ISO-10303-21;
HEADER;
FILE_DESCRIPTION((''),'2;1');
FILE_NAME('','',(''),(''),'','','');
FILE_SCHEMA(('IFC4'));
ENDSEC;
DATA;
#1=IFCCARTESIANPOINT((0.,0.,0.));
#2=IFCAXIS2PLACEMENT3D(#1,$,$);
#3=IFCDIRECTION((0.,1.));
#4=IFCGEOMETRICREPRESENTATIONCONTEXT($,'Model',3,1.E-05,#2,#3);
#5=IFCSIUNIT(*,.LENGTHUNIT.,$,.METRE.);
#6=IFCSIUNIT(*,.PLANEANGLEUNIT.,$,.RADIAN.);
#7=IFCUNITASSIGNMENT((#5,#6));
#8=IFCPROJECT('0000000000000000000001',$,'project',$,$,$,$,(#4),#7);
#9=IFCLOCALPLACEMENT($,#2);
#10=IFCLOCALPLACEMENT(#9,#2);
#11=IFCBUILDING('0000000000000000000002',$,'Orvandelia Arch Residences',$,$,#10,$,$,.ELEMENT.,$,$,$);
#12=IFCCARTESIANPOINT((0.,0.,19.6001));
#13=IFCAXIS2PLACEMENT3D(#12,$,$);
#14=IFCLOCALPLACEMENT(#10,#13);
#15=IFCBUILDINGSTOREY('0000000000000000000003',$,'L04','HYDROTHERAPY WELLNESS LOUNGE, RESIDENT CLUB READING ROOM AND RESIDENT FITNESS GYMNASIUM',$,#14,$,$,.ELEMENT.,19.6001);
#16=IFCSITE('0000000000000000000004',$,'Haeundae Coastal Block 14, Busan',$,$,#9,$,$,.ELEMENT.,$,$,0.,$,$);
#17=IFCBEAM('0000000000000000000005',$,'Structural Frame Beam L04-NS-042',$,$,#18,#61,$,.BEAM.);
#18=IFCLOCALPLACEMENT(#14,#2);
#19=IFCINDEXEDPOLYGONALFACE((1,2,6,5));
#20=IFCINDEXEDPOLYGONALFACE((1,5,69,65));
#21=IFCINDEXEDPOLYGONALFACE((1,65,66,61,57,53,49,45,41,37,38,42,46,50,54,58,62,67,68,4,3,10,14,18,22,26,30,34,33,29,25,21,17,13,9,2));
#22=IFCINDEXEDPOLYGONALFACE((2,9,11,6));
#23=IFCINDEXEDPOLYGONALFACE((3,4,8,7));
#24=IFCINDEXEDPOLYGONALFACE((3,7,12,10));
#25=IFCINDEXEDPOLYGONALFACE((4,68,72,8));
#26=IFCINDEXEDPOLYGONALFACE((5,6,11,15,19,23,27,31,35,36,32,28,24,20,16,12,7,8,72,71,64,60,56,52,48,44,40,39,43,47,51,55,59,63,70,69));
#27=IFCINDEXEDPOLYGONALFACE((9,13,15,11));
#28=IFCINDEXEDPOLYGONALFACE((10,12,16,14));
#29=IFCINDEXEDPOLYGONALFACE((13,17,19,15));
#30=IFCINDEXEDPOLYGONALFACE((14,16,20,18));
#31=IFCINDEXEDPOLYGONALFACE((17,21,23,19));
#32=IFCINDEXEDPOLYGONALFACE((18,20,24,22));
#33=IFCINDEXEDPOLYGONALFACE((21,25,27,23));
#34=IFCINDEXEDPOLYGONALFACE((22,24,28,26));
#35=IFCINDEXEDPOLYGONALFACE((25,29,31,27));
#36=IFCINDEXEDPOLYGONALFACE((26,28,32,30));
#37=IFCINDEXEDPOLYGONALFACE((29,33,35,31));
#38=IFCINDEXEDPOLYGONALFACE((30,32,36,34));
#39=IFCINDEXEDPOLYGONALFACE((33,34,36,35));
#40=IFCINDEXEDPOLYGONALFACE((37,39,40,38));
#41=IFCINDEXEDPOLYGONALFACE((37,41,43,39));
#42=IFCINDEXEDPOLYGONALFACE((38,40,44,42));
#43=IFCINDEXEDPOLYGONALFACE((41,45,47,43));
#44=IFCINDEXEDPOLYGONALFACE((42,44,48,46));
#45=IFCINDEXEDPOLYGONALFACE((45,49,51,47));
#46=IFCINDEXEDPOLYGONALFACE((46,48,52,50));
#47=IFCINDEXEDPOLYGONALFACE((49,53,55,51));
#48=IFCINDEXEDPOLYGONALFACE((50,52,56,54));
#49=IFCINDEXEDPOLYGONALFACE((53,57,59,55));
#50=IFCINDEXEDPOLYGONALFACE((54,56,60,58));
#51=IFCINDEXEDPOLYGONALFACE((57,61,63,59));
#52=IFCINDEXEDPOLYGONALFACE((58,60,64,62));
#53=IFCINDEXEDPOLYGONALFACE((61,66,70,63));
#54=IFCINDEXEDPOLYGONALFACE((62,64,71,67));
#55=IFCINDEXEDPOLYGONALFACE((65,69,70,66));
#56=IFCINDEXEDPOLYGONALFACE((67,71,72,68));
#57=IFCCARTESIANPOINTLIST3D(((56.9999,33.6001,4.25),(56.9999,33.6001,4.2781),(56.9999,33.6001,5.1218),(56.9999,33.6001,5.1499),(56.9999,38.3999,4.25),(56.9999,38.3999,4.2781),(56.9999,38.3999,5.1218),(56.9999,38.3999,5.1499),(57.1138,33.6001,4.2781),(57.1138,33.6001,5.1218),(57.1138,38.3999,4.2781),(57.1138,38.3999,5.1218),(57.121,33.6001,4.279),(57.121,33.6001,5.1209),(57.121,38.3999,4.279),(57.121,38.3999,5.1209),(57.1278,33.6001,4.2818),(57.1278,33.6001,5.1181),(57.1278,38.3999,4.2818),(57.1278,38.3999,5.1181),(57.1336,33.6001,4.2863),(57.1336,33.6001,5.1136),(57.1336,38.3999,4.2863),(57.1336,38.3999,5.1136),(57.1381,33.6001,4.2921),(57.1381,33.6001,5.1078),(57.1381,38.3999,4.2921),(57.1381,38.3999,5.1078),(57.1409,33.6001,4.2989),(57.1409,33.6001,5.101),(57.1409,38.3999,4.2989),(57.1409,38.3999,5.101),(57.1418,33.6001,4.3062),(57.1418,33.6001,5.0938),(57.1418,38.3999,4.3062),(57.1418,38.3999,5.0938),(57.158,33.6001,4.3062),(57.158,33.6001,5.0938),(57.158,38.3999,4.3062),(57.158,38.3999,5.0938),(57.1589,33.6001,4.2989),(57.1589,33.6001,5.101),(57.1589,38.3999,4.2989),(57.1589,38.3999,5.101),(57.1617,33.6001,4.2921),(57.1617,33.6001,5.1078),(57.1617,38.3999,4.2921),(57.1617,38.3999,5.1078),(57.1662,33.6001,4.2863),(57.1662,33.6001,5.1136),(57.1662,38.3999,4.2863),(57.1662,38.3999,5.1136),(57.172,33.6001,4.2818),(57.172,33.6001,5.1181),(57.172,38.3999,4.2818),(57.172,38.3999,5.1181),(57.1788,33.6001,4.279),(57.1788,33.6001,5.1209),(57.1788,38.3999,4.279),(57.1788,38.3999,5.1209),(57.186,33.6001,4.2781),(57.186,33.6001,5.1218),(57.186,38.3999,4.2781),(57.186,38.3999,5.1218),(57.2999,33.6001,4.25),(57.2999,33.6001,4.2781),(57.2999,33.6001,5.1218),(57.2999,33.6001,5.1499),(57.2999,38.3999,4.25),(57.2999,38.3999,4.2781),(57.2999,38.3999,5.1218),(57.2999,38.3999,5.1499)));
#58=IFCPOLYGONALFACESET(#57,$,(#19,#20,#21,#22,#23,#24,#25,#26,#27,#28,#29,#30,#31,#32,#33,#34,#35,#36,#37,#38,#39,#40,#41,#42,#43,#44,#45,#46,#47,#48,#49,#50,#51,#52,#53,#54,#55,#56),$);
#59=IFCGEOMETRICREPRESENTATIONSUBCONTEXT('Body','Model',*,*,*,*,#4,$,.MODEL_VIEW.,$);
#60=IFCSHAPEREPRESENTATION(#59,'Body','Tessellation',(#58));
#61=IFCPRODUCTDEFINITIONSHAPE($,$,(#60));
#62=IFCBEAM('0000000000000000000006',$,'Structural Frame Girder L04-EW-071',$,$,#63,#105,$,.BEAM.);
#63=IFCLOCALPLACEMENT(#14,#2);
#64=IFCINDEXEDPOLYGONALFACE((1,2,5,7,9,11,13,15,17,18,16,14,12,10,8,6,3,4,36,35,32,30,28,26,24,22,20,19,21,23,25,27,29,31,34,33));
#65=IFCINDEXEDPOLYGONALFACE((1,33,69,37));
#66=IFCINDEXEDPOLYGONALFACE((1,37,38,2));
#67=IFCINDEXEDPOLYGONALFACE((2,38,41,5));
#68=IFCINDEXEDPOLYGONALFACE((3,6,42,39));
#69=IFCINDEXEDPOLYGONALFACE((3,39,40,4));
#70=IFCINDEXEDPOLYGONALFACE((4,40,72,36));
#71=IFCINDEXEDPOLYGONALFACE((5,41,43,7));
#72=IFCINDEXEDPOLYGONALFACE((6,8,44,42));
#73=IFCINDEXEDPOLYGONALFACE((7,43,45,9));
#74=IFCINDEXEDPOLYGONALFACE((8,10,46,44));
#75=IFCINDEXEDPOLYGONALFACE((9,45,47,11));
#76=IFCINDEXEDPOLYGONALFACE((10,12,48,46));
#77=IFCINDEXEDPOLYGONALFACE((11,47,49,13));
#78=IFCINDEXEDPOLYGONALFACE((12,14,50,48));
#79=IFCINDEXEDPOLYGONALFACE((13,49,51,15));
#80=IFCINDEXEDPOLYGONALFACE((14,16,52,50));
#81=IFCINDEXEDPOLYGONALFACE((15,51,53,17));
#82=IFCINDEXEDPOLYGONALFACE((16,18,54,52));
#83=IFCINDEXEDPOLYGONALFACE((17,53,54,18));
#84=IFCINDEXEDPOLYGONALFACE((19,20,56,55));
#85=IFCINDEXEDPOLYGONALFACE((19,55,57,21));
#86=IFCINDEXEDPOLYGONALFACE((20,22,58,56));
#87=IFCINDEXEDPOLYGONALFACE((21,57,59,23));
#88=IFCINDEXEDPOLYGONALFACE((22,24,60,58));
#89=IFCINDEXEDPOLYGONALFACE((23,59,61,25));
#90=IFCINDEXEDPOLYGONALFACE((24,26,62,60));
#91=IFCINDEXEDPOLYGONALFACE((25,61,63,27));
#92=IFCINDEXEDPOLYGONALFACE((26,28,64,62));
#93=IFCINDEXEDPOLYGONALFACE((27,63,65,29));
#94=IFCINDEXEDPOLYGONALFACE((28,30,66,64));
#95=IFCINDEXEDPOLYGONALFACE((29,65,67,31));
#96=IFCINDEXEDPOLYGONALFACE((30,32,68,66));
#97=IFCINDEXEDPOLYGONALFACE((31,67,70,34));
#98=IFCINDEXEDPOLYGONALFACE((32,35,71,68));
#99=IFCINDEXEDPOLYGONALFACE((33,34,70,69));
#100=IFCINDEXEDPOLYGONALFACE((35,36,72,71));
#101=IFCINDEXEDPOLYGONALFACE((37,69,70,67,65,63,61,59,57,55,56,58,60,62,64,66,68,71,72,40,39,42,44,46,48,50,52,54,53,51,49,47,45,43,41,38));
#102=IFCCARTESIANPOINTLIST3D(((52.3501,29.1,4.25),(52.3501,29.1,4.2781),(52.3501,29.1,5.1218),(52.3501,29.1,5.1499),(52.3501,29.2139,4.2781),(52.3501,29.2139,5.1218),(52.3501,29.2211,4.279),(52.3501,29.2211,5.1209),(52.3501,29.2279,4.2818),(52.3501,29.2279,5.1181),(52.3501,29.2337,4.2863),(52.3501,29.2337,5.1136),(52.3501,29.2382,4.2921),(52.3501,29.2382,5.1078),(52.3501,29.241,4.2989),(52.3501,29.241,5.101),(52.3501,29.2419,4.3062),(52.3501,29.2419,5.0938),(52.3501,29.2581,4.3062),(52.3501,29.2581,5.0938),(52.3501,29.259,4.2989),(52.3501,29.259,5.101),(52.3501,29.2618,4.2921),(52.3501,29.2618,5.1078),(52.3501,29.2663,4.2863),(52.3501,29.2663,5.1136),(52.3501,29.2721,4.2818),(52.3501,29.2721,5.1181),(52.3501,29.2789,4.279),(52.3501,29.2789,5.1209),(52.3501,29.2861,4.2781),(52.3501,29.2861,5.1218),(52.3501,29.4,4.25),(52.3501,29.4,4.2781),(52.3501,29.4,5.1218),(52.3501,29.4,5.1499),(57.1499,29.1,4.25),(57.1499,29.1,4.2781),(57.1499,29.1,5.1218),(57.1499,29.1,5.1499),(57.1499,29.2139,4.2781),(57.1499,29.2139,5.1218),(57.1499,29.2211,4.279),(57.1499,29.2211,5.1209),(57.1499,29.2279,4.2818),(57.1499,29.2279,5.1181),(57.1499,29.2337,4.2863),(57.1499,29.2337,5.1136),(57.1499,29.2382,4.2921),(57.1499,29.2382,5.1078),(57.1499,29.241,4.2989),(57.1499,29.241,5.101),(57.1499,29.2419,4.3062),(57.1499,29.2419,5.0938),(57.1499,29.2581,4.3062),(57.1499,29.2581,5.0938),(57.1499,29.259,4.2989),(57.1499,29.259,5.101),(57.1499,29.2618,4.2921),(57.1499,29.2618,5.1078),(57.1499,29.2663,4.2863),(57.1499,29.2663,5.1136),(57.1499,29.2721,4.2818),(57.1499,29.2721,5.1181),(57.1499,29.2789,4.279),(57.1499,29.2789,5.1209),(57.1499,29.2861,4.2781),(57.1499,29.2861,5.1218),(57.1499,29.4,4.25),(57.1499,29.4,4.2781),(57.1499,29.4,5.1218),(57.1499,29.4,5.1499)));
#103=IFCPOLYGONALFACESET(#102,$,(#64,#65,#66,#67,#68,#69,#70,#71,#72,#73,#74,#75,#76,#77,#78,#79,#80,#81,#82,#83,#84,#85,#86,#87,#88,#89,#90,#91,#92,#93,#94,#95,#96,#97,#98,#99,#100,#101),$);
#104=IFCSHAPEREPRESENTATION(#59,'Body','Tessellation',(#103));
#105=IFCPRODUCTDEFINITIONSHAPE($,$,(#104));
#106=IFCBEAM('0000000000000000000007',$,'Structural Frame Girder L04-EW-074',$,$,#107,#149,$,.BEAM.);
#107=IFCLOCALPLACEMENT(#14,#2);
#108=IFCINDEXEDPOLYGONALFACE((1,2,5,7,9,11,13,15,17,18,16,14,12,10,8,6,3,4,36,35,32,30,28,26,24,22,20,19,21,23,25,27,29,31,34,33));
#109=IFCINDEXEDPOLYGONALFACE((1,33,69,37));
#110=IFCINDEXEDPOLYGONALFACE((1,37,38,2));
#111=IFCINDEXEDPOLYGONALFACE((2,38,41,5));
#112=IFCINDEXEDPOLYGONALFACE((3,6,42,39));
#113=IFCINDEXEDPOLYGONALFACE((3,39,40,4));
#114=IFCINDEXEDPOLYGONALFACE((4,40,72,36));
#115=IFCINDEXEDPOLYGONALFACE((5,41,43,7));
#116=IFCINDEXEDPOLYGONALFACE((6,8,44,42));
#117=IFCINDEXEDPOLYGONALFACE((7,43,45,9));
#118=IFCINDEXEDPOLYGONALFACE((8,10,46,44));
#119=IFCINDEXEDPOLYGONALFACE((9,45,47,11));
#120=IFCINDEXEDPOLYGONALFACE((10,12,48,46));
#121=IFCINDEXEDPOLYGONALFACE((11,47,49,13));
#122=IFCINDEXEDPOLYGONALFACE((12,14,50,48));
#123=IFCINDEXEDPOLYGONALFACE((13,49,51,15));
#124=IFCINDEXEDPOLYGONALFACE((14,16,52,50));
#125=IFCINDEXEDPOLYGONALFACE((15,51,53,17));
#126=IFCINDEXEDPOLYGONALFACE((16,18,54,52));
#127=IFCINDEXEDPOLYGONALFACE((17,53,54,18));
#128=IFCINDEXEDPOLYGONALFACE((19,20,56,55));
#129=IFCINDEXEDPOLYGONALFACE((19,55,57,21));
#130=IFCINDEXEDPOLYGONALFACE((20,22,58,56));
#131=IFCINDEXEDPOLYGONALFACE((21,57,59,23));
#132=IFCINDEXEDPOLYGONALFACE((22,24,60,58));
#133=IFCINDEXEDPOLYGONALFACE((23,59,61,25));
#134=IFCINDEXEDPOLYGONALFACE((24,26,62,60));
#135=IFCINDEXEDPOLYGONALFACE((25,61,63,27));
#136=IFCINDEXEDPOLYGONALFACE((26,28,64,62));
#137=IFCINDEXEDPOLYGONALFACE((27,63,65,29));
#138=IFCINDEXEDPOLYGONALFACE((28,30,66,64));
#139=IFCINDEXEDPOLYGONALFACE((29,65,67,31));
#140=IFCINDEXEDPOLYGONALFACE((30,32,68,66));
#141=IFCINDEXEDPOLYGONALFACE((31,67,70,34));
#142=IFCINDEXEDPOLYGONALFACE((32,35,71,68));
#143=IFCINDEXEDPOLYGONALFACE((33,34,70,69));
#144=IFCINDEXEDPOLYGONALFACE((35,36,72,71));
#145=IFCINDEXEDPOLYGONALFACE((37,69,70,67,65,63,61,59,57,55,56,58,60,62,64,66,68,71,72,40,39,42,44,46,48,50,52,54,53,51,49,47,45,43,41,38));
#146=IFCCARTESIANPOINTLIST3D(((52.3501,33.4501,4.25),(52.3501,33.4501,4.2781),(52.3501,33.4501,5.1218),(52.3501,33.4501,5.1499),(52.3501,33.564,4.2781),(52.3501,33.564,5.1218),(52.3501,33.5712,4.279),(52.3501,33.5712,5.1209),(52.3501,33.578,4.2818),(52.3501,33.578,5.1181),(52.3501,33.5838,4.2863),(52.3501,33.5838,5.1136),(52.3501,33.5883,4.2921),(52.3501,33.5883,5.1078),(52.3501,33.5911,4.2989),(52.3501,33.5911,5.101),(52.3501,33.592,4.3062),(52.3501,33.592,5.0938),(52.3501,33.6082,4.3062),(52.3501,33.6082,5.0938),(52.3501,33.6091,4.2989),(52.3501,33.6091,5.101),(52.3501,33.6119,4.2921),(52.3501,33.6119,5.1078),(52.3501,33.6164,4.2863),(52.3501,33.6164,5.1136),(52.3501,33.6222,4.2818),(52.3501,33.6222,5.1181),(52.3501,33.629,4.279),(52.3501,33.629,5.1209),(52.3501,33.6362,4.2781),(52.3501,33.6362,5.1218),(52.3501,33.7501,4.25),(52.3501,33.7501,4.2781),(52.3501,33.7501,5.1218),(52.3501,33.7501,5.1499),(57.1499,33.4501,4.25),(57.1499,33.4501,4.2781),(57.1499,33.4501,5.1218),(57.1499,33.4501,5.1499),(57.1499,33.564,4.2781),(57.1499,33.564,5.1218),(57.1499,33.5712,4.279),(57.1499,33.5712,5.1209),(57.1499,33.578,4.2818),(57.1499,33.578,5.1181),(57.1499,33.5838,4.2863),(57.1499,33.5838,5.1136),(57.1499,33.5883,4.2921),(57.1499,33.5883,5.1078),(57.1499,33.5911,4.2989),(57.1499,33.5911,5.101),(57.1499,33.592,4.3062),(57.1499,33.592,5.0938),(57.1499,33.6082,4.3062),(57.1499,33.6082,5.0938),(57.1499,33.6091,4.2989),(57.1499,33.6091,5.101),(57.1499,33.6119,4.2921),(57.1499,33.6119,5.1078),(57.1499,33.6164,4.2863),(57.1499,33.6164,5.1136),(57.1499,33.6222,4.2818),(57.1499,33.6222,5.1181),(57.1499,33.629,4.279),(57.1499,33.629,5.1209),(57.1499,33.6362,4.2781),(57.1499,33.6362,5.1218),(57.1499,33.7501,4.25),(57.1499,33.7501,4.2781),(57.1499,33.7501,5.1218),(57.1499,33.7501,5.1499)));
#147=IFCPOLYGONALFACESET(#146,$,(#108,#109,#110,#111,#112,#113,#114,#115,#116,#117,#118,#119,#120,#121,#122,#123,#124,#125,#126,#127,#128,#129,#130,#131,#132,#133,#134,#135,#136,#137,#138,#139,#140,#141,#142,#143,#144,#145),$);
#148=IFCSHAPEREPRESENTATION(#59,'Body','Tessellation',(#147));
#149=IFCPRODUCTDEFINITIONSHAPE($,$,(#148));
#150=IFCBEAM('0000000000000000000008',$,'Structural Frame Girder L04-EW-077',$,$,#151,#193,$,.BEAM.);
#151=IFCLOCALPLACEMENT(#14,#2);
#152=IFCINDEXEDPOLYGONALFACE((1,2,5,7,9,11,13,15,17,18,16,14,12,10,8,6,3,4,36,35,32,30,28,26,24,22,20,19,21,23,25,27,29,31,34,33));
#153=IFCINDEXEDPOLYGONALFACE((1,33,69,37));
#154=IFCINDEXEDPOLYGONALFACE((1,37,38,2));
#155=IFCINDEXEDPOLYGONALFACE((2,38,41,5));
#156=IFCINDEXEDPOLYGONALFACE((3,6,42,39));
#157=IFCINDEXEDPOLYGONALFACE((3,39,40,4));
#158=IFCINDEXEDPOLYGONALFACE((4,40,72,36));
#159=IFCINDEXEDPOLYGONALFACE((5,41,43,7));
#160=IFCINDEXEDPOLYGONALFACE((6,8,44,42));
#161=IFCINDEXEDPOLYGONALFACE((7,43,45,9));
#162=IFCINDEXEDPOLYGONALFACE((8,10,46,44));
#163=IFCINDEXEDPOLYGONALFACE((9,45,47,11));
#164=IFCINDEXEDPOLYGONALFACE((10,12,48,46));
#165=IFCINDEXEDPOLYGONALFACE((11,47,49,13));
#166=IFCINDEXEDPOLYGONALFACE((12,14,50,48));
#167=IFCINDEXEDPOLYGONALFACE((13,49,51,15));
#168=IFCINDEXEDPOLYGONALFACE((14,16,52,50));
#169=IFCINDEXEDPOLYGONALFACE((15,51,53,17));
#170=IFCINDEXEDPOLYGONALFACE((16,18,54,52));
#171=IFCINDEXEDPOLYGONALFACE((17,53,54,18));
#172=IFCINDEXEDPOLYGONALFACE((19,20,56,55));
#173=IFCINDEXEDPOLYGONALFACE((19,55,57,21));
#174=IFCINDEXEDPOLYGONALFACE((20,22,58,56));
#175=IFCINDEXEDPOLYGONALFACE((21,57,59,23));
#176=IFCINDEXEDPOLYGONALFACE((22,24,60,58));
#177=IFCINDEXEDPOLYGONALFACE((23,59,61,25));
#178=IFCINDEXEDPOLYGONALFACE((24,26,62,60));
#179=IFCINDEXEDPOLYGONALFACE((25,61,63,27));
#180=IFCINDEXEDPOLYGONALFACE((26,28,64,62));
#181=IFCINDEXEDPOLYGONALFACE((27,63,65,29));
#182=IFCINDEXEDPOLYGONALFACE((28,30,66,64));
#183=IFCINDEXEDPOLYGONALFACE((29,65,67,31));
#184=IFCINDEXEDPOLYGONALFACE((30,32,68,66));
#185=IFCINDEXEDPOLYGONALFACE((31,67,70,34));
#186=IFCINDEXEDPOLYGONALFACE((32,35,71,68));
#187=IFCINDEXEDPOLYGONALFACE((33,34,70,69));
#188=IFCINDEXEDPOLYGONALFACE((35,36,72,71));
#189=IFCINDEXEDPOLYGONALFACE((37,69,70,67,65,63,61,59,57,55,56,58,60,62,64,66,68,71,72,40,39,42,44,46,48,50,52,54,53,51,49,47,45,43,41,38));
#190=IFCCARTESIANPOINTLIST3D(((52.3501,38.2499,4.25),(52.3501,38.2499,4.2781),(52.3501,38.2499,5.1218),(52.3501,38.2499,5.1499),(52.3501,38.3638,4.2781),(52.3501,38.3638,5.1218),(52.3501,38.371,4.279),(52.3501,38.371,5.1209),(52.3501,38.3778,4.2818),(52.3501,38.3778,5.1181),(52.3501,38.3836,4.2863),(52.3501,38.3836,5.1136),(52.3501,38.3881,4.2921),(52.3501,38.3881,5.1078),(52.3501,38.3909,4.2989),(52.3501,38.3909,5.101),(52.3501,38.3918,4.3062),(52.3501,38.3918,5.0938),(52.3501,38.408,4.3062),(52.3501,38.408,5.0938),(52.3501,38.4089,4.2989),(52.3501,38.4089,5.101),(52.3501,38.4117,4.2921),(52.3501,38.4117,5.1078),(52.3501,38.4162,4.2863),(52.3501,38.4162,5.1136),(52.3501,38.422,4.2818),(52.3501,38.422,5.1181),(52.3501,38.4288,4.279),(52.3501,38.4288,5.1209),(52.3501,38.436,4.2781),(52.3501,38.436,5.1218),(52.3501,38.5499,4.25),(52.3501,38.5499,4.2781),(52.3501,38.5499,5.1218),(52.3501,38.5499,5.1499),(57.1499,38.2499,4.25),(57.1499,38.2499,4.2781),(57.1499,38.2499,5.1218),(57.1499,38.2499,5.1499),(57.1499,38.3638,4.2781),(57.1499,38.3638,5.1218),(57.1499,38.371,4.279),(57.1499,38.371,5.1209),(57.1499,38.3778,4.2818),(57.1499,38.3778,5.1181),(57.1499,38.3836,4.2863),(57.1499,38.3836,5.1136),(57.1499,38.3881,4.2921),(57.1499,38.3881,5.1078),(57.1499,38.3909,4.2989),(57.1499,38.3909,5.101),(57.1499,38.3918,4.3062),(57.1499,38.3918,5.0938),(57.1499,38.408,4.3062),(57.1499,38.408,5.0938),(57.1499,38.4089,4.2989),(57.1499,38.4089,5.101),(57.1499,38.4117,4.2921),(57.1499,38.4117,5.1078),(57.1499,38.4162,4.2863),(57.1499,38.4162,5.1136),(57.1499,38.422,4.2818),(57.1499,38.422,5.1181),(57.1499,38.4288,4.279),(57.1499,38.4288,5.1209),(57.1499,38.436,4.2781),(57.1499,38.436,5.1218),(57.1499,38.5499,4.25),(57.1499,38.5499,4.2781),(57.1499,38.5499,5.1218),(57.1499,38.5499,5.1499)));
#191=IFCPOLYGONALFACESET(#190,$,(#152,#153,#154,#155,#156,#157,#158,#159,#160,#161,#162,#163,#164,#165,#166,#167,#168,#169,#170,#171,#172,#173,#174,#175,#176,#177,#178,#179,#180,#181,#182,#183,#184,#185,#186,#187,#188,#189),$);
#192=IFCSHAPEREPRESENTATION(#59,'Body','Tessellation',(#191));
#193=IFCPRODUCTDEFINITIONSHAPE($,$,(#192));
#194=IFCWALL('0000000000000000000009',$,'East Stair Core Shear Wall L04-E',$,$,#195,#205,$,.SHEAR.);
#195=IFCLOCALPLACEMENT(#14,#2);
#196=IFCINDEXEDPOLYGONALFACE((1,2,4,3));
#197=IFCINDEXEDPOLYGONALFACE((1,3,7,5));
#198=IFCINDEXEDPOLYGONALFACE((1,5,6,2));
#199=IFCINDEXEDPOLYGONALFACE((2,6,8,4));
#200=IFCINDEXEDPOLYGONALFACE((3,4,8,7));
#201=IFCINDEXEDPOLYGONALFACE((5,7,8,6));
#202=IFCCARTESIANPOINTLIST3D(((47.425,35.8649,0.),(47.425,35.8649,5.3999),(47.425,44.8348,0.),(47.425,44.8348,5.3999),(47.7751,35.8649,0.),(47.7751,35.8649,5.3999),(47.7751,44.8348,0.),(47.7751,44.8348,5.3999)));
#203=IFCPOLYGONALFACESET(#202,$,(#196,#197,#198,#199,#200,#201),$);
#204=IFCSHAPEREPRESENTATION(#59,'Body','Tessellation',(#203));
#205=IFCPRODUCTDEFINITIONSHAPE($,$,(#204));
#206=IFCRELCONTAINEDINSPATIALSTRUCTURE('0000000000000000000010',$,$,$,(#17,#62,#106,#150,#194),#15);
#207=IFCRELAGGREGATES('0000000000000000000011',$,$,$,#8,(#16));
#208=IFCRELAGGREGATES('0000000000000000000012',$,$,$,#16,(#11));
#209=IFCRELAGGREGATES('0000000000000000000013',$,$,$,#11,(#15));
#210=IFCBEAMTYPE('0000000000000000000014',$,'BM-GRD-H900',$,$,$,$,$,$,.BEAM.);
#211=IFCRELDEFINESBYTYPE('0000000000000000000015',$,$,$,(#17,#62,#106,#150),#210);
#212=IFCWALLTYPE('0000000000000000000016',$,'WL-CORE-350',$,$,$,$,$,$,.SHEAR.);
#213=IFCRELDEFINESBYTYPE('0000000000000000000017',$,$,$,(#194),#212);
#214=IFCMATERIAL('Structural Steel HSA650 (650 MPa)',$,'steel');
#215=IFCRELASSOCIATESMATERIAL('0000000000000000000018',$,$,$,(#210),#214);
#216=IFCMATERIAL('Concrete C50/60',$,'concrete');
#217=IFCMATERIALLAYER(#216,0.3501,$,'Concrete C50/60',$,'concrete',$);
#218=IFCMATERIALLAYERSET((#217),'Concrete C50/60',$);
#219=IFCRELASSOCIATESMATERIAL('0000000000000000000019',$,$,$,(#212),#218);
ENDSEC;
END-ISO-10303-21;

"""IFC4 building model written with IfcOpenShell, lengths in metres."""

from ifc_helpers import new_model, si_unit, direction, frame, frame_2d, origin, origin_2d, place, context, subcontext, project, spatial, rectangle, i_section, extrude, material, layer, layer_set, material_profile, profile_set, type_object, element, save


model = new_model("IFC4")

# Units and contexts
model_context = context("Model", 3, precision=1e-05, world=origin(), true_north=direction((0.0, 1.0)))
body_context = subcontext(model_context, "Body", "Model", "MODEL_VIEW")
ifc_project = project(units=[si_unit("LENGTHUNIT", "METRE"), si_unit("PLANEANGLEUNIT", "RADIAN")], contexts=[model_context])

# Site, building, storey
site_placement = place(None, origin())
site = spatial("IfcSite", under=ifc_project, at=site_placement, Name="Haeundae Coastal Block 14, Busan", CompositionType="ELEMENT", RefElevation=0.0)
building_placement = place(site_placement, origin())
building = spatial("IfcBuilding", under=site, at=building_placement, Name="Orvandelia Arch Residences", CompositionType="ELEMENT")
storey_placement = place(building_placement, frame((0.0, 0.0, 19.6001)))
storey = spatial("IfcBuildingStorey", under=building, at=storey_placement, Name="L04", Description="HYDROTHERAPY WELLNESS LOUNGE, RESIDENT CLUB READING ROOM AND RESIDENT FITNESS GYMNASIUM", CompositionType="ELEMENT", Elevation=19.6001)

# Beams
ifc_material_1 = material(Name="Structural Steel HSA650 (650 MPa)", Category="steel")
ifc_material_profile_1 = material_profile(ifc_material_1, i_section(OverallWidth=0.3, OverallDepth=0.8999, WebThickness=0.0161, FlangeThickness=0.0281, FilletRadius=0.0281, at=origin_2d()), Name="Structural Steel HSA650 (650 MPa)", Category="steel")
ifc_profile_set_1 = profile_set([ifc_material_profile_1], Name="Structural Steel HSA650 (650 MPa)")
beam_type = type_object("IfcBeamType", Name="BM-GRD-H900", PredefinedType="BEAM", material=ifc_profile_set_1)
for number, where, z_axis, x_axis, name in (
    (1, (57.1499, 33.6001, 4.7), (0.0, 1.0, 0.0), (-1.0, 0.0, 0.0), "Structural Frame Beam L04-NS-042"),
    (2, (52.3501, 29.25, 4.7), (1.0, 0.0, 0.0), (0.0, 1.0, 0.0), "Structural Frame Girder L04-EW-071"),
    (3, (52.3501, 33.6001, 4.7), (1.0, 0.0, 0.0), (0.0, 1.0, 0.0), "Structural Frame Girder L04-EW-074"),
    (4, (52.3501, 38.3999, 4.7), (1.0, 0.0, 0.0), (0.0, 1.0, 0.0), "Structural Frame Girder L04-EW-077"),
):
    element("IfcBeam", number, at=place(storey_placement, frame(where, z_axis=z_axis, x_axis=x_axis)), inside=storey, type_object=beam_type, Name=name, PredefinedType="BEAM", context=body_context, shape_type="SweptSolid", body=[
        extrude(i_section(OverallWidth=0.3, OverallDepth=0.8999, WebThickness=0.0161, FlangeThickness=0.0281, FilletRadius=0.0281, at=origin_2d()), origin(), (0.0, 0.0, 1.0), 4.7998),
    ])

# Wall
ifc_material_2 = material(Name="Concrete C50/60", Category="concrete")
ifc_layer = layer(ifc_material_2, 0.3501, Name="Concrete C50/60", Category="concrete")
ifc_layer_set = layer_set([ifc_layer], Name="Concrete C50/60")
wall_type = type_object("IfcWallType", Name="WL-CORE-350", PredefinedType="SHEAR", material=ifc_layer_set)
wall_placement = place(storey_placement, frame((47.6001, 35.865, 0.0), z_axis=(0.0, 0.0, 1.0), x_axis=(0.0, 1.0, 0.0)))
element("IfcWall", 5, at=wall_placement, inside=storey, type_object=wall_type, Name="East Stair Core Shear Wall L04-E", PredefinedType="SHEAR", context=body_context, shape_type="SweptSolid", body=[
    extrude(rectangle(XDim=8.97, YDim=0.3501, at=frame_2d((4.4849, 0.0))), origin(), (0.0, 0.0, 1.0), 5.3999),
])

save(model, "model.ifc")
